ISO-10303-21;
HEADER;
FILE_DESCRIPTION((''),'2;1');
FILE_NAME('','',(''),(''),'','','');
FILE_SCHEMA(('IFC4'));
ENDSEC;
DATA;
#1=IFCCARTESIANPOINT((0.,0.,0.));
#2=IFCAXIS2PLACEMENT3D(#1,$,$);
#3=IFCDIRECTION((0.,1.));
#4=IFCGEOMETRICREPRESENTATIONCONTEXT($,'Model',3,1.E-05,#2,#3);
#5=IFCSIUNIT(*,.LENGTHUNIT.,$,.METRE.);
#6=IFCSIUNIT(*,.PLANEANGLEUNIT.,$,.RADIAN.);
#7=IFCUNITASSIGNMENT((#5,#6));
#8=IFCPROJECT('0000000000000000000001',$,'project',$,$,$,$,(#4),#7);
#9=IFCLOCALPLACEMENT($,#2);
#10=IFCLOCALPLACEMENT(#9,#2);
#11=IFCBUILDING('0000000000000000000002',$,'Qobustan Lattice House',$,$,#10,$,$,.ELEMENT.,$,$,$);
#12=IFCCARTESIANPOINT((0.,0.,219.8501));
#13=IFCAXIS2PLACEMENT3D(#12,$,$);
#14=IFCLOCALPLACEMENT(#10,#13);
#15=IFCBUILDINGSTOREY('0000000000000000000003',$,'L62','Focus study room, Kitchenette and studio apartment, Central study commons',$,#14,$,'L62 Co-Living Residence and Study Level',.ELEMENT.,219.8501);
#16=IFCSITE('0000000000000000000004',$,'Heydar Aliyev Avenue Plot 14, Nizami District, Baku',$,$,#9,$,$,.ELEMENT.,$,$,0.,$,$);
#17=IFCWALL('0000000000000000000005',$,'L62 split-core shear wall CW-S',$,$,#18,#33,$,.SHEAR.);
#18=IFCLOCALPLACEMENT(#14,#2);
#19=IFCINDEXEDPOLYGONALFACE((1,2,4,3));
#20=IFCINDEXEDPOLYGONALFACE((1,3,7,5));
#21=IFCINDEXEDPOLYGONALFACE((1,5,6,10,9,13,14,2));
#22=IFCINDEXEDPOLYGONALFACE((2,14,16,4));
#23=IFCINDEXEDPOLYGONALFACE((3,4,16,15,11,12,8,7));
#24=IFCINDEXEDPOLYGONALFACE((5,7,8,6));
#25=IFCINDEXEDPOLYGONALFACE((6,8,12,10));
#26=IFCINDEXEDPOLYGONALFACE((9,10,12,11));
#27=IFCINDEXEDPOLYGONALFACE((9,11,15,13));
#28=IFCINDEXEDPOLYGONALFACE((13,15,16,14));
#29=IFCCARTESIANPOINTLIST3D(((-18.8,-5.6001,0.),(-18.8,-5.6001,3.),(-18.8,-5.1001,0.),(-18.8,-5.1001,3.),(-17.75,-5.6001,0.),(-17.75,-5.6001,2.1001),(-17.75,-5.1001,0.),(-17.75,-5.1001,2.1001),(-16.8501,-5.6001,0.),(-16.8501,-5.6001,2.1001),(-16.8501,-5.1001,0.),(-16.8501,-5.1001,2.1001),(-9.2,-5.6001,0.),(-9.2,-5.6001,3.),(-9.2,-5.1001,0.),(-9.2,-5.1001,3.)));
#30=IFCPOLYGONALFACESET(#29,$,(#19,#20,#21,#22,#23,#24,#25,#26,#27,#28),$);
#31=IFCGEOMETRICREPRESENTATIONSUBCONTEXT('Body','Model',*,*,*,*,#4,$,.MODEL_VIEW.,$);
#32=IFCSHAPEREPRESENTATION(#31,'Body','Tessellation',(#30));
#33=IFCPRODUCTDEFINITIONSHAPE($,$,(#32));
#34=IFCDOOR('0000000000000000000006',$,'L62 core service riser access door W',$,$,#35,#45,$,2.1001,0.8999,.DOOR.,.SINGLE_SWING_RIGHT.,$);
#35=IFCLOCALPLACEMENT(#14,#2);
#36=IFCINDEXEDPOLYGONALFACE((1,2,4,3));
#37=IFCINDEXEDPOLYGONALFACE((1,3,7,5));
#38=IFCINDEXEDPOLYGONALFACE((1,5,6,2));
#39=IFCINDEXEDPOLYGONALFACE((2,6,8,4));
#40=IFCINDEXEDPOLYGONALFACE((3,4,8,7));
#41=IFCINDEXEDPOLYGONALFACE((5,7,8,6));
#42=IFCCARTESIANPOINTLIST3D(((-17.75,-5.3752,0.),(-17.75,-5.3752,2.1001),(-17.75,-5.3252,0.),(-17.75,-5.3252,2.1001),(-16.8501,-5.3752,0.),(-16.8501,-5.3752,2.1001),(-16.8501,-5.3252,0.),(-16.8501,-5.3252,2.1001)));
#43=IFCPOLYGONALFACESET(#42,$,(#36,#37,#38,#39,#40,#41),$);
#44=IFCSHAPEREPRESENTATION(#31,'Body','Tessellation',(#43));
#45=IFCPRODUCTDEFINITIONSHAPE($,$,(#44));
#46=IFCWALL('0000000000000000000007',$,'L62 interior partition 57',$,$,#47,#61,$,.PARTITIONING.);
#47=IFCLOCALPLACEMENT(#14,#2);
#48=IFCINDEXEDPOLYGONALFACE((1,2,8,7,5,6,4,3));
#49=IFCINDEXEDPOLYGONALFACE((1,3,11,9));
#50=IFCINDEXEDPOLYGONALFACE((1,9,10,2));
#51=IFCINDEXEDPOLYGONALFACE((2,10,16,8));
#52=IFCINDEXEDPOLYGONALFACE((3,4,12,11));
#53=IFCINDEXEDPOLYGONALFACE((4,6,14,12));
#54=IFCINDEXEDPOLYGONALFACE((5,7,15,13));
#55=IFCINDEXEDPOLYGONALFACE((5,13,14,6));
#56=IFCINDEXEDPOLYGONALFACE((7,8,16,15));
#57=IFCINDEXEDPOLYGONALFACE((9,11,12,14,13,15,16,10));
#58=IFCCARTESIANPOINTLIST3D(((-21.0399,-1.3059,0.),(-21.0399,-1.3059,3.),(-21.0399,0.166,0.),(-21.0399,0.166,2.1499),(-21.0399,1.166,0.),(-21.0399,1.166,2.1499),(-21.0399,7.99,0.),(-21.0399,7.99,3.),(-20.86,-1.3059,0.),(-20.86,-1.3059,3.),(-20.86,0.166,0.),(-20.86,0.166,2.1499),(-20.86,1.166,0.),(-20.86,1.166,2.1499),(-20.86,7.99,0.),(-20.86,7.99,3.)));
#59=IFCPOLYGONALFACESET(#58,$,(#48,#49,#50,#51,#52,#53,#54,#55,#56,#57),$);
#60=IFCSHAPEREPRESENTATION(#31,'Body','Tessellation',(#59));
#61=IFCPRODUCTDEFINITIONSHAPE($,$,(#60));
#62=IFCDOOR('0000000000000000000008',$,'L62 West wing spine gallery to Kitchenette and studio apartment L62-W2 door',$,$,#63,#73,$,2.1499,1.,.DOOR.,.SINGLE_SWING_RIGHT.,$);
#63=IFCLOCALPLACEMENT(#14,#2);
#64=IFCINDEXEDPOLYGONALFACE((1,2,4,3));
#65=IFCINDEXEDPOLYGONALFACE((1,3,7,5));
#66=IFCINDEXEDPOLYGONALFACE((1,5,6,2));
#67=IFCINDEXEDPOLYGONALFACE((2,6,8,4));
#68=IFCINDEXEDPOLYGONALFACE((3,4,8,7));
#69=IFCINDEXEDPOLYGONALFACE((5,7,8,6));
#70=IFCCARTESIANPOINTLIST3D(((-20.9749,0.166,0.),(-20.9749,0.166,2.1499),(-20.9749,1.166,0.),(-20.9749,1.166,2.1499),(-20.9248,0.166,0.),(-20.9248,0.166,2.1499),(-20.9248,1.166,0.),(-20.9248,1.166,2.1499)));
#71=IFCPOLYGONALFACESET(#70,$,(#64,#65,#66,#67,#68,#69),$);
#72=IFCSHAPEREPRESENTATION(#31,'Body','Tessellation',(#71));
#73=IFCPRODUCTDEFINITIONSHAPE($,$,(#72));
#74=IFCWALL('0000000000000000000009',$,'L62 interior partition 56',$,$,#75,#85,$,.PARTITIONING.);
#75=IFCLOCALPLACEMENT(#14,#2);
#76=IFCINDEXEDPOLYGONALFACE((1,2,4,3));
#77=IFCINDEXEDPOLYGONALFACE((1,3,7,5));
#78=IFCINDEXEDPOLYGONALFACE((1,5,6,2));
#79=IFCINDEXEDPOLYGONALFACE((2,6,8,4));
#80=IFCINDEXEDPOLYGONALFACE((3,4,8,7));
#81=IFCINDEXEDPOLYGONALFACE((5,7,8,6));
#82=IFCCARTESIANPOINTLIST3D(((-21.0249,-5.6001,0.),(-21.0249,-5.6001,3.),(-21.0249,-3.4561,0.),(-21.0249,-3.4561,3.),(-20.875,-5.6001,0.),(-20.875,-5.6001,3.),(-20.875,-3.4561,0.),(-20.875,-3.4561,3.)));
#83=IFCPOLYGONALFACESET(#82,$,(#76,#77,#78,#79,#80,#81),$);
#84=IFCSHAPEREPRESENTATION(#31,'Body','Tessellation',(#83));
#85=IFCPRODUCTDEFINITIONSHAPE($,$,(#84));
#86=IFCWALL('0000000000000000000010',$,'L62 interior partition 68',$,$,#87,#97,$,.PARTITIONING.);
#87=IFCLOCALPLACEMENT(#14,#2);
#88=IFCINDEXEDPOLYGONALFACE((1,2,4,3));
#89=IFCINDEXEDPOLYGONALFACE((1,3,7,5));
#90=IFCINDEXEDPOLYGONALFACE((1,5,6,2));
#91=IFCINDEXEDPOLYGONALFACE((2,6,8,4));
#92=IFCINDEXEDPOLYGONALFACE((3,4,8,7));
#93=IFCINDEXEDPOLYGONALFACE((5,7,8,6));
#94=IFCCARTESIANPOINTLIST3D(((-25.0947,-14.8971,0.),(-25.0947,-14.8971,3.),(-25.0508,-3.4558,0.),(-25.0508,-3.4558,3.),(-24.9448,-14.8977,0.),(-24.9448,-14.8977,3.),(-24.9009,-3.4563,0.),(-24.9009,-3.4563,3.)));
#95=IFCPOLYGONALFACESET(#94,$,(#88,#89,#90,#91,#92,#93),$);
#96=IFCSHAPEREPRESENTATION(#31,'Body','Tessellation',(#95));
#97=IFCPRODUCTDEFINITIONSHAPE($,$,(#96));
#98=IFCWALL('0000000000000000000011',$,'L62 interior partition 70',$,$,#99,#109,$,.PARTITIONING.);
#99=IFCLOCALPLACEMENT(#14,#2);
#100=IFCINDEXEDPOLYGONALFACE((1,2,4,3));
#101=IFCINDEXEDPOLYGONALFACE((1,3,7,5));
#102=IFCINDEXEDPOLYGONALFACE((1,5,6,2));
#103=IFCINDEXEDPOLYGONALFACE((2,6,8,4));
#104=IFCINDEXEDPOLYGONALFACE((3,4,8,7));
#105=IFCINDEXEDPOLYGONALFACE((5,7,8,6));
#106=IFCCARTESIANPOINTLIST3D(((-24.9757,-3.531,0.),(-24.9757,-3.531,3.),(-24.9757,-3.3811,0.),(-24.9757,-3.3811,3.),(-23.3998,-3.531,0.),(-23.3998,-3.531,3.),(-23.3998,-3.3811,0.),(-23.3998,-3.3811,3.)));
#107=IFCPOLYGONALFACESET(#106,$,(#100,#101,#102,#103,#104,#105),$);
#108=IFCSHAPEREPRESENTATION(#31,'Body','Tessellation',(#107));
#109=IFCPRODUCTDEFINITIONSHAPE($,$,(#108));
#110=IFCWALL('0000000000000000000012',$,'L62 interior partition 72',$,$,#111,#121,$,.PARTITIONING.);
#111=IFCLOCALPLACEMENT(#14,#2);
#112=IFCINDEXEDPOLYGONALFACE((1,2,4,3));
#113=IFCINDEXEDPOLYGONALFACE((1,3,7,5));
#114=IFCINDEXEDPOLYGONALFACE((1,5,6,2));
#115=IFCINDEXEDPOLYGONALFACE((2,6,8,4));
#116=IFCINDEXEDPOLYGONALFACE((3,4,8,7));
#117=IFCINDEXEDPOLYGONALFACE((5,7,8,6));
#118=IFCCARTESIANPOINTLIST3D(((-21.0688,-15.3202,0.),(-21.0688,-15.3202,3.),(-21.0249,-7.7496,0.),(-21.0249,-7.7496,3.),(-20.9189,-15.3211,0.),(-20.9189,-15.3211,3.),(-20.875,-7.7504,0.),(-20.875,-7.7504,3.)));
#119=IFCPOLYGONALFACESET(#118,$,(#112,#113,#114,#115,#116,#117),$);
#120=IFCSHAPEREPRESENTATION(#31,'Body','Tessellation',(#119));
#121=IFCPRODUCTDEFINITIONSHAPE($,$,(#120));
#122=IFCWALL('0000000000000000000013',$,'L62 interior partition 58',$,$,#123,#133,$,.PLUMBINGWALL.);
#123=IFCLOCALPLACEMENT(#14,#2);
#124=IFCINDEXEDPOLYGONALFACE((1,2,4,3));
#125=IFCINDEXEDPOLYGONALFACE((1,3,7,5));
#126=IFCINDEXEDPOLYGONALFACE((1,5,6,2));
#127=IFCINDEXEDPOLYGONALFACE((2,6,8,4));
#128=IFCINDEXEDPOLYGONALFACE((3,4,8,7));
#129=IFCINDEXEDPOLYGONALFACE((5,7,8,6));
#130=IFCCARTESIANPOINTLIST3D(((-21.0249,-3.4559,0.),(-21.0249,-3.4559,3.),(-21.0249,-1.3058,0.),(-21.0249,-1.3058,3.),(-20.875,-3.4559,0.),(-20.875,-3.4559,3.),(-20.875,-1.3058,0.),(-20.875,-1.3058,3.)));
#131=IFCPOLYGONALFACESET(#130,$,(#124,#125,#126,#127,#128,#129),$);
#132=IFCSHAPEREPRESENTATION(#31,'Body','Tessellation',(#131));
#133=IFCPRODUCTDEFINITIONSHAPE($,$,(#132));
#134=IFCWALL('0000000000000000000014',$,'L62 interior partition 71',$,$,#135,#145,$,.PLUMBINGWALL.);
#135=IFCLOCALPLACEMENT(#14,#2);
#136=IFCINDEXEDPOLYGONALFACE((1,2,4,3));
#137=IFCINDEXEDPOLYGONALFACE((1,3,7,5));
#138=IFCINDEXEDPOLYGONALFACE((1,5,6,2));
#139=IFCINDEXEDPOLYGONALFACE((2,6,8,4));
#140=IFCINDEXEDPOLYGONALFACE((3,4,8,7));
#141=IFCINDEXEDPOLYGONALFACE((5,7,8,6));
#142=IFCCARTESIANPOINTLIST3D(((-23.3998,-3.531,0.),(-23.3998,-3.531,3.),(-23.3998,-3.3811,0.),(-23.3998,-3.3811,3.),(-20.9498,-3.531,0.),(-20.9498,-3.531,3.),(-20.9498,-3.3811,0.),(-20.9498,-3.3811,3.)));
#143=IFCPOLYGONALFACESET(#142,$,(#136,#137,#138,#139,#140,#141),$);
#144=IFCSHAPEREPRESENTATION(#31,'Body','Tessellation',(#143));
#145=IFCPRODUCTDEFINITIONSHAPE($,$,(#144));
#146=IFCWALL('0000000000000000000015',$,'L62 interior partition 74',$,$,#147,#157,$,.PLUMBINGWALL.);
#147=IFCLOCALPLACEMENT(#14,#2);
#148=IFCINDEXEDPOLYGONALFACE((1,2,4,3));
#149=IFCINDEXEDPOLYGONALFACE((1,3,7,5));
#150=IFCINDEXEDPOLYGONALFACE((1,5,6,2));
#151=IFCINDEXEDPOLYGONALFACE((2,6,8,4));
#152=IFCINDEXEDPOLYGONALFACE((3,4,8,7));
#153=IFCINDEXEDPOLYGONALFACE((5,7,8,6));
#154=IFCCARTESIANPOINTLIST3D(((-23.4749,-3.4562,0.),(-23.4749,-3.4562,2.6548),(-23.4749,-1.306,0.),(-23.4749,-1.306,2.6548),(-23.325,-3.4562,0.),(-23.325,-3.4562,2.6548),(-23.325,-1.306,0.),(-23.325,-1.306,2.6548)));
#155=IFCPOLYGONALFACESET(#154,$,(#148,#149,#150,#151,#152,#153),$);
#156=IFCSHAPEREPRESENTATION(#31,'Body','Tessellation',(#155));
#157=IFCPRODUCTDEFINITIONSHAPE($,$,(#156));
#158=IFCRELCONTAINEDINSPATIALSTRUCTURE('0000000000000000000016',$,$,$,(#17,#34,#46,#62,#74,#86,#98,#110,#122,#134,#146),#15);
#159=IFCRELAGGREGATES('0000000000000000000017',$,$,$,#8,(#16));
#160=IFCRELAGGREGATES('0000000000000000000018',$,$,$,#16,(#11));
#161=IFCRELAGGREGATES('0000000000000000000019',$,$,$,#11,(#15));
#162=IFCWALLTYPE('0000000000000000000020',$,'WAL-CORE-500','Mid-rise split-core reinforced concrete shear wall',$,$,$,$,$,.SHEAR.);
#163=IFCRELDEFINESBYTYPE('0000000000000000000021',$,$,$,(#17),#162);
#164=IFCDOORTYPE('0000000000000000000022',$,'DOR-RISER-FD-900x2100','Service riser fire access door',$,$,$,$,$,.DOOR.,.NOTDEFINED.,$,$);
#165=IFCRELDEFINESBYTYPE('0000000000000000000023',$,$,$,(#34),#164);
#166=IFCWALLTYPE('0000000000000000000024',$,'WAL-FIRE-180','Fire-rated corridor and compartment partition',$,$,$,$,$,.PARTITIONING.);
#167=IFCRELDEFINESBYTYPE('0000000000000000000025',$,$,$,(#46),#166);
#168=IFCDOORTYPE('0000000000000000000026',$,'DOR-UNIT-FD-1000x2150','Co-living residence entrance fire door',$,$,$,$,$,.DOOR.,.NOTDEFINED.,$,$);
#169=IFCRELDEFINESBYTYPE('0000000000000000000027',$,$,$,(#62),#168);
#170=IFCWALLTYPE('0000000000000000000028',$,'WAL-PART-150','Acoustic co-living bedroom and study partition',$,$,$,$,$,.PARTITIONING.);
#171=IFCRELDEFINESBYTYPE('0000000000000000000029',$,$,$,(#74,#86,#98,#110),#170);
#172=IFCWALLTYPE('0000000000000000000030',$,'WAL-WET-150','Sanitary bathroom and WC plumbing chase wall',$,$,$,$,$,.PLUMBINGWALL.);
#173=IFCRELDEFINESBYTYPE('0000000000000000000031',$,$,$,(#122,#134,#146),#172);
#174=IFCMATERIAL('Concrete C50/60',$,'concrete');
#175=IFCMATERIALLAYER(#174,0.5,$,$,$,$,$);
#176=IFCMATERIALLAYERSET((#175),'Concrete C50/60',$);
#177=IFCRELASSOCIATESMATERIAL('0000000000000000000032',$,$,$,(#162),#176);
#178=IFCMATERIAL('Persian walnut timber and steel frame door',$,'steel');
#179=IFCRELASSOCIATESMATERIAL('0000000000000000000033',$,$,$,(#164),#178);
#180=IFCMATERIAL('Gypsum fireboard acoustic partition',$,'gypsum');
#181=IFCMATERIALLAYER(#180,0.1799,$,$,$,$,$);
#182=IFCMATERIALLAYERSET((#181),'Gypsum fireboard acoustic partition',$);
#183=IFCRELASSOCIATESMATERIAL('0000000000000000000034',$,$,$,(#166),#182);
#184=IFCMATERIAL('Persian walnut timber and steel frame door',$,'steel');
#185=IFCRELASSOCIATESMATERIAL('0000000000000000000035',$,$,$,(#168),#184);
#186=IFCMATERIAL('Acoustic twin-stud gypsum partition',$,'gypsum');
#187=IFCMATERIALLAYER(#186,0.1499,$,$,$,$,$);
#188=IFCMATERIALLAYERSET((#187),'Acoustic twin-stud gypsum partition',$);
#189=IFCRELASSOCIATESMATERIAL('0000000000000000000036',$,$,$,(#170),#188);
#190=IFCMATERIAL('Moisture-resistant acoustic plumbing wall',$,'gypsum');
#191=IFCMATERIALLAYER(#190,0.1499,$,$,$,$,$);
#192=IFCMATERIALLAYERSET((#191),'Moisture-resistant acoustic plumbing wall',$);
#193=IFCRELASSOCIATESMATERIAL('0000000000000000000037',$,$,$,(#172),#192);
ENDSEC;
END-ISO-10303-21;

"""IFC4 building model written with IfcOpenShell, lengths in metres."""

from ifc_helpers import new_model, si_unit, direction, frame, frame_2d, origin, place, context, subcontext, project, spatial, rectangle, extrude, material, layer, layer_set, type_object, element, fill, save


model = new_model("IFC4")

# Units and contexts
model_context = context("Model", 3, precision=1e-05, world=origin(), true_north=direction((0.0, 1.0)))
body_context = subcontext(model_context, "Body", "Model", "MODEL_VIEW")
ifc_project = project(units=[si_unit("LENGTHUNIT", "METRE"), si_unit("PLANEANGLEUNIT", "RADIAN")], contexts=[model_context])

# Site, building, storey
site_placement = place(None, origin())
site = spatial("IfcSite", under=ifc_project, at=site_placement, Name="Heydar Aliyev Avenue Plot 14, Nizami District, Baku", CompositionType="ELEMENT", RefElevation=0.0)
building_placement = place(site_placement, origin())
building = spatial("IfcBuilding", under=site, at=building_placement, Name="Qobustan Lattice House", CompositionType="ELEMENT")
storey_placement = place(building_placement, frame((0.0, 0.0, 219.8501)))
storey = spatial("IfcBuildingStorey", under=building, at=storey_placement, Name="L62", Description="Focus study room, Kitchenette and studio apartment, Central study commons", LongName="L62 Co-Living Residence and Study Level", CompositionType="ELEMENT", Elevation=219.8501)

# Walls, openings, doors
ifc_material_1 = material(Name="Concrete C50/60", Category="concrete")
ifc_layer_1 = layer(ifc_material_1, 0.5)
ifc_layer_set_1 = layer_set([ifc_layer_1], Name="Concrete C50/60")
wall_type_1 = type_object("IfcWallType", Name="WAL-CORE-500", Description="Mid-rise split-core reinforced concrete shear wall", PredefinedType="SHEAR", material=ifc_layer_set_1)
wall_1_placement = place(storey_placement, frame((-18.8, -5.3501, 0.0), z_axis=(0.0, 0.0, 1.0), x_axis=(1.0, 0.0, 0.0)))
wall_1 = element("IfcWall", 1, at=wall_1_placement, inside=storey, type_object=wall_type_1, Name="L62 split-core shear wall CW-S", PredefinedType="SHEAR", context=body_context, shape_type="SweptSolid", body=[
    extrude(rectangle(XDim=9.6001, YDim=0.5, at=frame_2d((4.8, 0.0))), origin(), (0.0, 0.0, 1.0), 3.0),
])
opening_1_placement = place(wall_1_placement, frame((1.05, 0.0, 0.0)))
opening_1 = element("IfcOpeningElement", 2, at=opening_1_placement, cuts=wall_1, PredefinedType="OPENING", context=body_context, shape_type="SweptSolid", body=[
    extrude(rectangle(XDim=0.8999, YDim=2.1001, at=frame_2d((0.45, 1.05))), frame((0.0, 0.26, 0.0), z_axis=(0.0, -1.0, 0.0), x_axis=(1.0, 0.0, 0.0)), (0.0, 0.0, 1.0), 0.52),
])
ifc_material_2 = material(Name="Persian walnut timber and steel frame door", Category="steel")
door_type_1 = type_object("IfcDoorType", Name="DOR-RISER-FD-900x2100", Description="Service riser fire access door", OperationType="NOTDEFINED", PredefinedType="DOOR", material=ifc_material_2)
door_1_placement = place(opening_1_placement, origin())
door_1 = element("IfcDoor", 3, at=door_1_placement, inside=storey, type_object=door_type_1, Name="L62 core service riser access door W", OperationType="SINGLE_SWING_RIGHT", OverallHeight=2.1001, OverallWidth=0.8999, PredefinedType="DOOR", context=body_context, shape_type="SweptSolid", body=[
    extrude(rectangle(XDim=0.8999, YDim=2.1001, at=frame_2d((0.45, 1.05))), frame((0.0, 0.0249, 0.0), z_axis=(0.0, -1.0, 0.0), x_axis=(1.0, 0.0, 0.0)), (0.0, 0.0, 1.0), 0.05),
])
fill(opening_1, door_1)
ifc_material_3 = material(Name="Gypsum fireboard acoustic partition", Category="gypsum")
ifc_layer_2 = layer(ifc_material_3, 0.1799)
ifc_layer_set_2 = layer_set([ifc_layer_2], Name="Gypsum fireboard acoustic partition")
wall_type_2 = type_object("IfcWallType", Name="WAL-FIRE-180", Description="Fire-rated corridor and compartment partition", PredefinedType="PARTITIONING", material=ifc_layer_set_2)
wall_2_placement = place(storey_placement, frame((-20.95, -1.3059, 0.0), z_axis=(0.0, 0.0, 1.0), x_axis=(0.0, 1.0, 0.0)))
wall_2 = element("IfcWall", 4, at=wall_2_placement, inside=storey, type_object=wall_type_2, Name="L62 interior partition 57", PredefinedType="PARTITIONING", context=body_context, shape_type="SweptSolid", body=[
    extrude(rectangle(XDim=9.2959, YDim=0.1799, at=frame_2d((4.6479, 0.0))), origin(), (0.0, 0.0, 1.0), 3.0),
])
opening_2_placement = place(wall_2_placement, frame((1.4719, 0.0, 0.0)))
opening_2 = element("IfcOpeningElement", 5, at=opening_2_placement, cuts=wall_2, PredefinedType="OPENING", context=body_context, shape_type="SweptSolid", body=[
    extrude(rectangle(XDim=1.0, YDim=2.1499, at=frame_2d((0.5, 1.075))), frame((0.0, 0.0999, 0.0), z_axis=(0.0, -1.0, 0.0), x_axis=(1.0, 0.0, 0.0)), (0.0, 0.0, 1.0), 0.2),
])
ifc_material_4 = material(Name="Persian walnut timber and steel frame door", Category="steel")
door_type_2 = type_object("IfcDoorType", Name="DOR-UNIT-FD-1000x2150", Description="Co-living residence entrance fire door", OperationType="NOTDEFINED", PredefinedType="DOOR", material=ifc_material_4)
door_2_placement = place(opening_2_placement, origin())
door_2 = element("IfcDoor", 6, at=door_2_placement, inside=storey, type_object=door_type_2, Name="L62 West wing spine gallery to Kitchenette and studio apartment L62-W2 door", OperationType="SINGLE_SWING_RIGHT", OverallHeight=2.1499, OverallWidth=1.0, PredefinedType="DOOR", context=body_context, shape_type="SweptSolid", body=[
    extrude(rectangle(XDim=1.0, YDim=2.1499, at=frame_2d((0.5, 1.075))), frame((0.0, 0.0249, 0.0), z_axis=(0.0, -1.0, 0.0), x_axis=(1.0, 0.0, 0.0)), (0.0, 0.0, 1.0), 0.05),
])
fill(opening_2, door_2)

# Walls
ifc_material_5 = material(Name="Acoustic twin-stud gypsum partition", Category="gypsum")
ifc_layer_3 = layer(ifc_material_5, 0.1499)
ifc_layer_set_3 = layer_set([ifc_layer_3], Name="Acoustic twin-stud gypsum partition")
wall_type_3 = type_object("IfcWallType", Name="WAL-PART-150", Description="Acoustic co-living bedroom and study partition", PredefinedType="PARTITIONING", material=ifc_layer_set_3)
wall_3_placement = place(storey_placement, frame((-20.95, -5.6001, 0.0), z_axis=(0.0, 0.0, 1.0), x_axis=(0.0, 1.0, 0.0)))
element("IfcWall", 7, at=wall_3_placement, inside=storey, type_object=wall_type_3, Name="L62 interior partition 56", PredefinedType="PARTITIONING", context=body_context, shape_type="SweptSolid", body=[
    extrude(rectangle(XDim=2.144, YDim=0.1499, at=frame_2d((1.072, 0.0))), origin(), (0.0, 0.0, 1.0), 3.0),
])
wall_4_placement = place(storey_placement, frame((-24.9758, -3.4561, 0.0), z_axis=(0.0, 0.0, 1.0), x_axis=(-0.003841, -0.999993, 0.0)))
element("IfcWall", 8, at=wall_4_placement, inside=storey, type_object=wall_type_3, Name="L62 interior partition 68", PredefinedType="PARTITIONING", context=body_context, shape_type="SweptSolid", body=[
    extrude(rectangle(XDim=11.4414, YDim=0.1499, at=frame_2d((5.7207, 0.0))), origin(), (0.0, 0.0, 1.0), 3.0),
])

# Walls
wall_5_placement = place(storey_placement, frame((-24.9758, -3.4561, 0.0), z_axis=(0.0, 0.0, 1.0), x_axis=(1.0, 0.0, 0.0)))
element("IfcWall", 9, at=wall_5_placement, inside=storey, type_object=wall_type_3, Name="L62 interior partition 70", PredefinedType="PARTITIONING", context=body_context, shape_type="SweptSolid", body=[
    extrude(rectangle(XDim=1.5759, YDim=0.1499, at=frame_2d((0.7881, 0.0))), origin(), (0.0, 0.0, 1.0), 3.0),
])
wall_6_placement = place(storey_placement, frame((-20.95, -7.75, 0.0), z_axis=(0.0, 0.0, 1.0), x_axis=(-0.005805, -0.999983, 0.0)))
element("IfcWall", 10, at=wall_6_placement, inside=storey, type_object=wall_type_3, Name="L62 interior partition 72", PredefinedType="PARTITIONING", context=body_context, shape_type="SweptSolid", body=[
    extrude(rectangle(XDim=7.5708, YDim=0.1499, at=frame_2d((3.7854, 0.0))), origin(), (0.0, 0.0, 1.0), 3.0),
])
ifc_material_6 = material(Name="Moisture-resistant acoustic plumbing wall", Category="gypsum")
ifc_layer_4 = layer(ifc_material_6, 0.1499)
ifc_layer_set_4 = layer_set([ifc_layer_4], Name="Moisture-resistant acoustic plumbing wall")
wall_type_4 = type_object("IfcWallType", Name="WAL-WET-150", Description="Sanitary bathroom and WC plumbing chase wall", PredefinedType="PLUMBINGWALL", material=ifc_layer_set_4)
wall_7_placement = place(storey_placement, frame((-20.95, -3.4561, 0.0), z_axis=(0.0, 0.0, 1.0), x_axis=(0.0, 1.0, 0.0)))
element("IfcWall", 11, at=wall_7_placement, inside=storey, type_object=wall_type_4, Name="L62 interior partition 58", PredefinedType="PLUMBINGWALL", context=body_context, shape_type="SweptSolid", body=[
    extrude(rectangle(XDim=2.1501, YDim=0.1499, at=frame_2d((1.0752, 0.0))), origin(), (0.0, 0.0, 1.0), 3.0),
])
wall_8_placement = place(storey_placement, frame((-23.3999, -3.4561, 0.0), z_axis=(0.0, 0.0, 1.0), x_axis=(1.0, 0.0, 0.0)))
element("IfcWall", 12, at=wall_8_placement, inside=storey, type_object=wall_type_4, Name="L62 interior partition 71", PredefinedType="PLUMBINGWALL", context=body_context, shape_type="SweptSolid", body=[
    extrude(rectangle(XDim=2.45, YDim=0.1499, at=frame_2d((1.2251, 0.0))), origin(), (0.0, 0.0, 1.0), 3.0),
])
wall_9_placement = place(storey_placement, frame((-23.3999, -1.3059, 0.0), z_axis=(0.0, 0.0, 1.0), x_axis=(0.0, -1.0, 0.0)))
element("IfcWall", 13, at=wall_9_placement, inside=storey, type_object=wall_type_4, Name="L62 interior partition 74", PredefinedType="PLUMBINGWALL", context=body_context, shape_type="SweptSolid", body=[
    extrude(rectangle(XDim=2.1501, YDim=0.1499, at=frame_2d((1.0752, 0.0))), origin(), (0.0, 0.0, 1.0), 2.6548),
])

save(model, "model.ifc")
